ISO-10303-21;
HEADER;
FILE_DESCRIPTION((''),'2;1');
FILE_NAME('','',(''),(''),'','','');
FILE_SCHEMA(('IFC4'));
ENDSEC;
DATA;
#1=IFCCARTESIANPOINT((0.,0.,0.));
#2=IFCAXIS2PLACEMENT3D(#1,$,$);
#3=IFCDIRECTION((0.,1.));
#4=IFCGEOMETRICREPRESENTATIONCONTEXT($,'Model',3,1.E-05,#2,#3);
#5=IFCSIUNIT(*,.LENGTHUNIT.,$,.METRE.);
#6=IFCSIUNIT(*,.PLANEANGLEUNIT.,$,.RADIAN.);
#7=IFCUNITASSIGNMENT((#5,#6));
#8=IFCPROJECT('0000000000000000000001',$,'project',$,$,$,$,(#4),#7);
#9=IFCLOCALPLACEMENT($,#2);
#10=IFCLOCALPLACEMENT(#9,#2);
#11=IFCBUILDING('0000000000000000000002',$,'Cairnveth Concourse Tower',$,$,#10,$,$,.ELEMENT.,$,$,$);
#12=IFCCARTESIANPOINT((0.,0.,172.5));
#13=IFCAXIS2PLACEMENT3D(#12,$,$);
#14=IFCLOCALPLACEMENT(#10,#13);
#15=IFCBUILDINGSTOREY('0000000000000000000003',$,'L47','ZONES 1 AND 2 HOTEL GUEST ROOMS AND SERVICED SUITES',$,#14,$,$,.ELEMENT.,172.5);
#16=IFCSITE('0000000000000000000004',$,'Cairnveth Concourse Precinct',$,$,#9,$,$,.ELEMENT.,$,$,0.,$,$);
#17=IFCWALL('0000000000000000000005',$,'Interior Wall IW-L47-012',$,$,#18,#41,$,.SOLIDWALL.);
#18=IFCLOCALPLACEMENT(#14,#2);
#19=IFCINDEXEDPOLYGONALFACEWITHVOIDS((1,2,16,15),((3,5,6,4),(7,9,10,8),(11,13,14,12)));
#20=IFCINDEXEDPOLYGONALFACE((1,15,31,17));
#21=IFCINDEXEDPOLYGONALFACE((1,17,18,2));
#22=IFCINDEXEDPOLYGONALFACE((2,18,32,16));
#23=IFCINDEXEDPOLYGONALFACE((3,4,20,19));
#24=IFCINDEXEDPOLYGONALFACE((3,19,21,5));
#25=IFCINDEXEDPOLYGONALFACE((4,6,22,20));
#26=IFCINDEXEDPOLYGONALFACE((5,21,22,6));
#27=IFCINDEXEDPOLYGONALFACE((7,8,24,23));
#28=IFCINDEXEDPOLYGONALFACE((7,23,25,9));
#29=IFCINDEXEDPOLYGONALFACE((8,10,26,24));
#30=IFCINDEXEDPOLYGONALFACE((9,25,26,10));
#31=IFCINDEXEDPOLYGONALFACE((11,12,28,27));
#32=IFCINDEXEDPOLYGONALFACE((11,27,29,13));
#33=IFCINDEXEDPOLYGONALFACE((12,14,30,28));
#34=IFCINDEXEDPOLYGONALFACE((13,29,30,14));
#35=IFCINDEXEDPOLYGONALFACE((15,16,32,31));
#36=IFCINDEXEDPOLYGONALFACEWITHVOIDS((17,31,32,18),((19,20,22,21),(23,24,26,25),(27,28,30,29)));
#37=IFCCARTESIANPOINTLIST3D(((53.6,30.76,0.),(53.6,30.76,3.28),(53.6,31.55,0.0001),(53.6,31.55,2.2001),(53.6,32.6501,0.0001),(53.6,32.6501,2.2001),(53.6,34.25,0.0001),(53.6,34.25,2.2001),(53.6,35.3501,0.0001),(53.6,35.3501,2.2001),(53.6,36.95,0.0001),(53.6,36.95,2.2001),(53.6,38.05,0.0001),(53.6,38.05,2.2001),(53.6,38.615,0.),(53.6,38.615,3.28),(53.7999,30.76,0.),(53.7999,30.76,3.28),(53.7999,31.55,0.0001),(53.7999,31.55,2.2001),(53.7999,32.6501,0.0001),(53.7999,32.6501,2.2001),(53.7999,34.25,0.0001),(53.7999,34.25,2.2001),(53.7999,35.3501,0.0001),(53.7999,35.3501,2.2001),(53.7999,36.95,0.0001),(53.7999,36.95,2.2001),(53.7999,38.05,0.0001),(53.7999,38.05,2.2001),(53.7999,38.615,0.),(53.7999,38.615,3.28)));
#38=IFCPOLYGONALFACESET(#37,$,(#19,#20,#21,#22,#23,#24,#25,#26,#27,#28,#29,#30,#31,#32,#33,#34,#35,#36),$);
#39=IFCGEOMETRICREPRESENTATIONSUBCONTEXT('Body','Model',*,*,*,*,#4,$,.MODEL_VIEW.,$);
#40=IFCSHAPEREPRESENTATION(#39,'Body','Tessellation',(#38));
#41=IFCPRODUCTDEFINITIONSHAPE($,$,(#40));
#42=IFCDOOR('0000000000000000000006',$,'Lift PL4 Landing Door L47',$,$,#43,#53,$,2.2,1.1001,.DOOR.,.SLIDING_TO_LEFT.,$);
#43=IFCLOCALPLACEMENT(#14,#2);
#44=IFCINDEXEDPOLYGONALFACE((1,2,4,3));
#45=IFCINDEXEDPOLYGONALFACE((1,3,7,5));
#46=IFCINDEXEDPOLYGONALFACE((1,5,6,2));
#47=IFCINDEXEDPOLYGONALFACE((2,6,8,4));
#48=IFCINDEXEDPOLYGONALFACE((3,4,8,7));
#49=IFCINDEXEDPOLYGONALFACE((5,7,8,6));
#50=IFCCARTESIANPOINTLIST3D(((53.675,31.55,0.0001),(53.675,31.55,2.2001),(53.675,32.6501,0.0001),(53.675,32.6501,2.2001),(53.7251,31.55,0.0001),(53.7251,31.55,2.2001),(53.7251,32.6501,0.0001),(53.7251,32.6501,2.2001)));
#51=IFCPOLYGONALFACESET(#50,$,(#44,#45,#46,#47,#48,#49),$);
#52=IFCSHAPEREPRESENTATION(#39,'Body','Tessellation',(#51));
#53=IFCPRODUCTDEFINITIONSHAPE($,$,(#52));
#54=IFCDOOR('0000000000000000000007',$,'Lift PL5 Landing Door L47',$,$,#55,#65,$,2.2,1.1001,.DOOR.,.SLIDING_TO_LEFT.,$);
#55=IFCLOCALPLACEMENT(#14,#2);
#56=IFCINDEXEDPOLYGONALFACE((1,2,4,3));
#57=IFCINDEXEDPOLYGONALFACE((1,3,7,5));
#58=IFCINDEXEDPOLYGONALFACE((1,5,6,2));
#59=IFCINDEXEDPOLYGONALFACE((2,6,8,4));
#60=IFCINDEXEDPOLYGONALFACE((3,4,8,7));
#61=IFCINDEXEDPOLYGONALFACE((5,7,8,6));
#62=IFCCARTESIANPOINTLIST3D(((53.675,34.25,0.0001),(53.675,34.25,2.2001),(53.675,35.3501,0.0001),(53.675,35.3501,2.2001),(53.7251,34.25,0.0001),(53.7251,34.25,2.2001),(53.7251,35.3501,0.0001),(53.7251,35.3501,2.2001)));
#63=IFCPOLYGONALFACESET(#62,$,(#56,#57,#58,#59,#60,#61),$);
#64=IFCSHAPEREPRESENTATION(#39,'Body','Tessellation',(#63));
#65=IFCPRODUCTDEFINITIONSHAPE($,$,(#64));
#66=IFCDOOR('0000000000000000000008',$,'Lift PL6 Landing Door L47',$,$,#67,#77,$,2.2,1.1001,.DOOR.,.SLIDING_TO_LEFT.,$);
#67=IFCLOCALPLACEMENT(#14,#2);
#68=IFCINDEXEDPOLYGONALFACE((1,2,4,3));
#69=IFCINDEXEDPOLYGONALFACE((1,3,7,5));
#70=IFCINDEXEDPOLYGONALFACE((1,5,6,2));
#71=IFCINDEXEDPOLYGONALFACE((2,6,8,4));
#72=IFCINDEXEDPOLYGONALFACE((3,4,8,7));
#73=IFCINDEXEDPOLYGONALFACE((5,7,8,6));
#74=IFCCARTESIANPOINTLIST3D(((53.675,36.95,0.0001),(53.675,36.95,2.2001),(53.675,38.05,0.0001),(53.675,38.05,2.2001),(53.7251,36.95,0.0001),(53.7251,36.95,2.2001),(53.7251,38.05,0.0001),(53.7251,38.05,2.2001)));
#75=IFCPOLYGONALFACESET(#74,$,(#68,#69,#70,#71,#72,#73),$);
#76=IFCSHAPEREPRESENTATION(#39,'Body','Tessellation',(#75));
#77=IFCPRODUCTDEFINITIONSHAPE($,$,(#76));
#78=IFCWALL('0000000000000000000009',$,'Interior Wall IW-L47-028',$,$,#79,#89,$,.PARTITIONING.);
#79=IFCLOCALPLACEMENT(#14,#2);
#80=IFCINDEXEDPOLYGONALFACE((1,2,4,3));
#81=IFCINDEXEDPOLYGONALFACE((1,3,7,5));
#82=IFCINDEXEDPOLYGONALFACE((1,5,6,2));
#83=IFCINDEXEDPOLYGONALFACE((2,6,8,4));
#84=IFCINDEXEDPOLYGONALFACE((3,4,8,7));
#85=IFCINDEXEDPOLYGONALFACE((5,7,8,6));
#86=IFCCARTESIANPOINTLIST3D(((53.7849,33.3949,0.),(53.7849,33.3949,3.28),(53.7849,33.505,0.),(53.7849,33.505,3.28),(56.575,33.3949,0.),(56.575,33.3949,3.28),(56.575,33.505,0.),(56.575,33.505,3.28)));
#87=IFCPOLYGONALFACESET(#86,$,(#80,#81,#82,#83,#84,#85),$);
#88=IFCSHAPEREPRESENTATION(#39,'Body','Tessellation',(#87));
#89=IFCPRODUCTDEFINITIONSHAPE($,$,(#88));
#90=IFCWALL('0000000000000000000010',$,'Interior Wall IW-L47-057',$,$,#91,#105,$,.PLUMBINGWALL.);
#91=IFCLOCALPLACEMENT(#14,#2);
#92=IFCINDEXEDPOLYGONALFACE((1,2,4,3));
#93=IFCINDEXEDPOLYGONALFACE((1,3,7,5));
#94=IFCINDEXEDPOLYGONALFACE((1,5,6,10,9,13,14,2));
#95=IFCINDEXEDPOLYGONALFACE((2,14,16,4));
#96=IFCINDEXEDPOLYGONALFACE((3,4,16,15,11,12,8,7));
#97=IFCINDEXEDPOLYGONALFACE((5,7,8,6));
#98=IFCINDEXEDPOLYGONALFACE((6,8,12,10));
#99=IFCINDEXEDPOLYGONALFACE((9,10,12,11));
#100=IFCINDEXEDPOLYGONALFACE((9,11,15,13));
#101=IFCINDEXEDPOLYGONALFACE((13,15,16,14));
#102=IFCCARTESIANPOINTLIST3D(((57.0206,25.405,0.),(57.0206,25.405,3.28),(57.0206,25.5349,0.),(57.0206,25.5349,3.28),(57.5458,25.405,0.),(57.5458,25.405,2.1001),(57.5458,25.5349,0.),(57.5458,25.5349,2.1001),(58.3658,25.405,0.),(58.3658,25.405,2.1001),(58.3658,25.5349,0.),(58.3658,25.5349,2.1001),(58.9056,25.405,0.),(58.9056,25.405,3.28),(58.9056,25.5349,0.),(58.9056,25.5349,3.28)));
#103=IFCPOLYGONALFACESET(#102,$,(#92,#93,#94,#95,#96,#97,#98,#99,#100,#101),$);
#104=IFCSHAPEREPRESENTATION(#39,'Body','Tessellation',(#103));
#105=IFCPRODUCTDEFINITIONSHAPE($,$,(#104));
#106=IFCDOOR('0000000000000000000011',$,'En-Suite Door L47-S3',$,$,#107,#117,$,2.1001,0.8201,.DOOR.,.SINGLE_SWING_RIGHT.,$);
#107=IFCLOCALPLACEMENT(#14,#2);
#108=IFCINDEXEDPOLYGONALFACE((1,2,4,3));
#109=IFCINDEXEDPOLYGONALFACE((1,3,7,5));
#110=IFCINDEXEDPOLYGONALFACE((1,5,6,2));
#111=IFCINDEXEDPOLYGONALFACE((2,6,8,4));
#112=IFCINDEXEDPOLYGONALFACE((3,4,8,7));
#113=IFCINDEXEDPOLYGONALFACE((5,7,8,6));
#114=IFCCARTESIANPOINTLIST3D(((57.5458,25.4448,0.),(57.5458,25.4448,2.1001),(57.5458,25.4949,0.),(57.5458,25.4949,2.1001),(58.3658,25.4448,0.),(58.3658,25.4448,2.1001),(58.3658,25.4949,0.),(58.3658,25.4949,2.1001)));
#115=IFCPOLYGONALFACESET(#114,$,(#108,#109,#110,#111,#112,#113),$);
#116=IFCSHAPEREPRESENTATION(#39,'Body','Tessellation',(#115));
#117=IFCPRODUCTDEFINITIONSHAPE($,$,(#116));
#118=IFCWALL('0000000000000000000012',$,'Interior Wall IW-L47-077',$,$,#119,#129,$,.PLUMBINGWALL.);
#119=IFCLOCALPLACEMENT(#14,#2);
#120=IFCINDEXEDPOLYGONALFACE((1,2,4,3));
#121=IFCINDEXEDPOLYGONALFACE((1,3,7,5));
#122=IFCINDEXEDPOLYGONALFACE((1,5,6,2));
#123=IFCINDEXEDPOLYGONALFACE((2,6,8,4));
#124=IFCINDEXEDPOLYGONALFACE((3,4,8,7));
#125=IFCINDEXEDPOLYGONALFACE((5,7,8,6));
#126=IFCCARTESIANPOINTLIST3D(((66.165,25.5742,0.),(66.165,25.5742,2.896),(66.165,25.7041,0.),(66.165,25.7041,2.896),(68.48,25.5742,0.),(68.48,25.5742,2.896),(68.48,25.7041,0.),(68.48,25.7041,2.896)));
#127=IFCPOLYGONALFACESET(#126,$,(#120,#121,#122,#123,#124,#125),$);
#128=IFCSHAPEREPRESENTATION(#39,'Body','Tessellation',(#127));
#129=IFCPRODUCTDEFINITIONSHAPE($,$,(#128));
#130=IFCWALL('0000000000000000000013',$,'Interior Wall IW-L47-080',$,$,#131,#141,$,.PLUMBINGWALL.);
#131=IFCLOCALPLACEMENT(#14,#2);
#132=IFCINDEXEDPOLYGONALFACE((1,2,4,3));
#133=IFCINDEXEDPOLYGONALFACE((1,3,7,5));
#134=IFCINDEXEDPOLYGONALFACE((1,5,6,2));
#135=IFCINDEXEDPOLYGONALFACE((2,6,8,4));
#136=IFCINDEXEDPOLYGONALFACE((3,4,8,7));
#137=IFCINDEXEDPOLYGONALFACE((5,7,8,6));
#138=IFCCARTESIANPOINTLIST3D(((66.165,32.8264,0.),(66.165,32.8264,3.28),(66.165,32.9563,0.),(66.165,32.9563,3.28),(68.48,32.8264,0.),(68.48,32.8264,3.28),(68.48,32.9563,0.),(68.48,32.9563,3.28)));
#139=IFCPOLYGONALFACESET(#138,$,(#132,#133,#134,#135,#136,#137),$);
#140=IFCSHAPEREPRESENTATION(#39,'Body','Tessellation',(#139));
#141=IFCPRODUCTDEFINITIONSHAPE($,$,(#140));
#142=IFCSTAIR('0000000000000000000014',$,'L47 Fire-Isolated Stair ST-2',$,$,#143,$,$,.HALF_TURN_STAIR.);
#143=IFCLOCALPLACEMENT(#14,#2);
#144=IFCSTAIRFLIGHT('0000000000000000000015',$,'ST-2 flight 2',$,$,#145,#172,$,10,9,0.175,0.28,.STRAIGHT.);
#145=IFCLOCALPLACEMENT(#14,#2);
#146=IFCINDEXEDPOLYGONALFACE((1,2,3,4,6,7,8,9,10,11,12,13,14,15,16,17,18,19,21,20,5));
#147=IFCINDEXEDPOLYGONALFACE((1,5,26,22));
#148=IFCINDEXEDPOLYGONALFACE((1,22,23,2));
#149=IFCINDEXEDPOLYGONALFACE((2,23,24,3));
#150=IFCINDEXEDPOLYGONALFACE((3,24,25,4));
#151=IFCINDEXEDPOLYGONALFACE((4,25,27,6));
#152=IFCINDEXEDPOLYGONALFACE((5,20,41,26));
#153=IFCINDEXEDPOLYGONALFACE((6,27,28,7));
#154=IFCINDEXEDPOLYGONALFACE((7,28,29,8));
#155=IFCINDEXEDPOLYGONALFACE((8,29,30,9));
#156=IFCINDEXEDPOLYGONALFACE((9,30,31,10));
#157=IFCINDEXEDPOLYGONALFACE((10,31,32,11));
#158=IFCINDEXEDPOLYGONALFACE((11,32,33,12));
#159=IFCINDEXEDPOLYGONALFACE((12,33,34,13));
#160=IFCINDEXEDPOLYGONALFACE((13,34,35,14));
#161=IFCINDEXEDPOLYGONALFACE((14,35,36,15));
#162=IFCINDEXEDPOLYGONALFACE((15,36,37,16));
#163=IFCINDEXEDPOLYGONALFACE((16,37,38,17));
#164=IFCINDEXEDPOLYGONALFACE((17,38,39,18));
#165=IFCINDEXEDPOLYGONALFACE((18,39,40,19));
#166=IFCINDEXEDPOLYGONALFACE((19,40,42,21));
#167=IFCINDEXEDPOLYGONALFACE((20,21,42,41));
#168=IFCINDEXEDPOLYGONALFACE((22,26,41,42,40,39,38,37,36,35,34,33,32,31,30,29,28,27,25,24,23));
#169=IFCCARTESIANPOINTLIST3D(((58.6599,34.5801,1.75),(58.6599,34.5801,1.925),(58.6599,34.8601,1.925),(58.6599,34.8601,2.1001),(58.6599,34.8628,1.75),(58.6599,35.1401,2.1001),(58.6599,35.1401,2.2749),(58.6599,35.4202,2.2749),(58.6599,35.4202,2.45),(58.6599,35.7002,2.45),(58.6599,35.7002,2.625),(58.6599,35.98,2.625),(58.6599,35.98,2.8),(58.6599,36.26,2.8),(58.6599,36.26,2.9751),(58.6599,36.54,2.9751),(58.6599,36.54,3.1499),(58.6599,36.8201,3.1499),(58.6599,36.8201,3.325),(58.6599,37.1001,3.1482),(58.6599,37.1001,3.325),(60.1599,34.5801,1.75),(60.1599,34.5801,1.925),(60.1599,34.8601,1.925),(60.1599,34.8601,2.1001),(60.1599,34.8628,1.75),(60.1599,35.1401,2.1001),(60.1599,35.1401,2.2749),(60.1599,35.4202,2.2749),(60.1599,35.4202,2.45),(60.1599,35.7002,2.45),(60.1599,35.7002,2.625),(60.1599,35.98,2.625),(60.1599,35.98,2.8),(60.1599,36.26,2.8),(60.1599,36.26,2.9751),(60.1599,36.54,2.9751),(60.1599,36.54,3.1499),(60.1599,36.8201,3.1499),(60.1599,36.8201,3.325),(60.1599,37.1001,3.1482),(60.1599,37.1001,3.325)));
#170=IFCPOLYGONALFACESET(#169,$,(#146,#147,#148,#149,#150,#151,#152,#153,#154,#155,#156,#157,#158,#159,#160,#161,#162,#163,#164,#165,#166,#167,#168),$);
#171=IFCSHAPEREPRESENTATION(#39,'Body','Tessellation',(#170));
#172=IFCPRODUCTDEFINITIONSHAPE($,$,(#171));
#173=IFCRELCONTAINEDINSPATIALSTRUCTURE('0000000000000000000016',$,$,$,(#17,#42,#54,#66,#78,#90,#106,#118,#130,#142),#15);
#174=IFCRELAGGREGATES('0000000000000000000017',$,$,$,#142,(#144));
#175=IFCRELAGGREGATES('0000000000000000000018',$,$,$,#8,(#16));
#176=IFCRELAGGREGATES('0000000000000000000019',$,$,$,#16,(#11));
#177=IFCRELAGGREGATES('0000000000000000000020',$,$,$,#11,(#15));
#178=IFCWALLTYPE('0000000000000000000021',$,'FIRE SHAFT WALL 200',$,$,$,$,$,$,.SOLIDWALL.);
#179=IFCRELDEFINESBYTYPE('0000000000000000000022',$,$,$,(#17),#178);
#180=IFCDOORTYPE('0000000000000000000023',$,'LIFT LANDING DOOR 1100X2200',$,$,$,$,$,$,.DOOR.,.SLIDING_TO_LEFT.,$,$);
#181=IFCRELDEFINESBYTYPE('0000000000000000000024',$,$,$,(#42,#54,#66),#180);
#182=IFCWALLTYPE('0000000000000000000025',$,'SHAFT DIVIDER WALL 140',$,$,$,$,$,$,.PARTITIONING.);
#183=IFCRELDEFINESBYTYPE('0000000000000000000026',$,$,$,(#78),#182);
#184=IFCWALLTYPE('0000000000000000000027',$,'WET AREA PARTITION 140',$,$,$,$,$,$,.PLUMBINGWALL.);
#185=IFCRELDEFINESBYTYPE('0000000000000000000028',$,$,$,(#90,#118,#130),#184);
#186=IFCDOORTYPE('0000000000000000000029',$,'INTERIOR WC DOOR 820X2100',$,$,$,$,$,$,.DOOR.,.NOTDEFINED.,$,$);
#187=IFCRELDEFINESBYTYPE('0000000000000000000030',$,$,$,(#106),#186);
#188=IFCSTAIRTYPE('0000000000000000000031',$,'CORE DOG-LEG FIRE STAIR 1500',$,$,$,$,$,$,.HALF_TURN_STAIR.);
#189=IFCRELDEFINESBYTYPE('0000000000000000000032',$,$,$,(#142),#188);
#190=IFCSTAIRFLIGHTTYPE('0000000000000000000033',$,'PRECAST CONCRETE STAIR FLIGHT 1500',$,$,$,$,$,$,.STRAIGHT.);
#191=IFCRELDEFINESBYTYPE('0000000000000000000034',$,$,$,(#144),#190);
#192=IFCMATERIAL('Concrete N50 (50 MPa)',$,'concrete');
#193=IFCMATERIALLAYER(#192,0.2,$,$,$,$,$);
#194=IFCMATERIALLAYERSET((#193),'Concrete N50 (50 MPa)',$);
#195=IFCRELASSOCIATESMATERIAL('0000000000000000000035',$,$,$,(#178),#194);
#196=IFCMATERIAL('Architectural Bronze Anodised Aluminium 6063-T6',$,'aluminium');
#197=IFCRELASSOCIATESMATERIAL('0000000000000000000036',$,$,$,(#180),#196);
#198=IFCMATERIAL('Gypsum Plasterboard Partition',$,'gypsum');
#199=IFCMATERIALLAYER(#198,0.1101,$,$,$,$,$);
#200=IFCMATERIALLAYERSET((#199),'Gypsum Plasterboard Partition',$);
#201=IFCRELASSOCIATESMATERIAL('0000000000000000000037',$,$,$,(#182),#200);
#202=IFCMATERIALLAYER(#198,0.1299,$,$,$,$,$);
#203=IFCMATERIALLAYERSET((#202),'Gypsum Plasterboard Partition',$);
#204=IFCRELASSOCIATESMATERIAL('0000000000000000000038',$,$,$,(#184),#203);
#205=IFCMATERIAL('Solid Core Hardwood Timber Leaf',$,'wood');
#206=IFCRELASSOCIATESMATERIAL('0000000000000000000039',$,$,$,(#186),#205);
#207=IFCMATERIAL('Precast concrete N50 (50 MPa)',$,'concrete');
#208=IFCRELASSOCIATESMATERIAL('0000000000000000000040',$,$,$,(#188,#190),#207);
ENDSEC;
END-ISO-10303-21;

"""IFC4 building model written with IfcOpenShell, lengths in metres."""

from ifc_helpers import new_model, si_unit, direction, frame, frame_2d, origin, place, context, subcontext, project, spatial, polyline, rectangle, outline, extrude, material, layer, layer_set, type_object, element, fill, aggregate, save


model = new_model("IFC4")

# Units and contexts
model_context = context("Model", 3, precision=1e-05, world=origin(), true_north=direction((0.0, 1.0)))
body_context = subcontext(model_context, "Body", "Model", "MODEL_VIEW")
ifc_project = project(units=[si_unit("LENGTHUNIT", "METRE"), si_unit("PLANEANGLEUNIT", "RADIAN")], contexts=[model_context])

# Site, building, storey
site_placement = place(None, origin())
site = spatial("IfcSite", under=ifc_project, at=site_placement, Name="Cairnveth Concourse Precinct", CompositionType="ELEMENT", RefElevation=0.0)
building_placement = place(site_placement, origin())
building = spatial("IfcBuilding", under=site, at=building_placement, Name="Cairnveth Concourse Tower", CompositionType="ELEMENT")
storey_placement = place(building_placement, frame((0.0, 0.0, 172.5)))
storey = spatial("IfcBuildingStorey", under=building, at=storey_placement, Name="L47", Description="ZONES 1 AND 2 HOTEL GUEST ROOMS AND SERVICED SUITES", CompositionType="ELEMENT", Elevation=172.5)

# Shared definitions
ifc_material_1 = material(Name="Gypsum Plasterboard Partition", Category="gypsum")
ifc_material_2 = material(Name="Concrete N50 (50 MPa)", Category="concrete")

# Wall, openings, doors
ifc_layer_1 = layer(ifc_material_2, 0.2)
ifc_layer_set_1 = layer_set([ifc_layer_1], Name="Concrete N50 (50 MPa)")
wall_type_1 = type_object("IfcWallType", Name="FIRE SHAFT WALL 200", PredefinedType="SOLIDWALL", material=ifc_layer_set_1)
wall_1_placement = place(storey_placement, frame((53.7, 30.76, 0.0), z_axis=(0.0, 0.0, 1.0), x_axis=(0.0, 1.0, 0.0)))
wall_1 = element("IfcWall", 1, at=wall_1_placement, inside=storey, type_object=wall_type_1, Name="Interior Wall IW-L47-012", PredefinedType="SOLIDWALL", context=body_context, shape_type="SweptSolid", body=[
    extrude(rectangle(XDim=7.855, YDim=0.2, at=frame_2d((3.9275, 0.0))), origin(), (0.0, 0.0, 1.0), 3.28),
])
opening_1_placement = place(wall_1_placement, frame((0.79, 0.0, 0.0)))
opening_1 = element("IfcOpeningElement", 2, at=opening_1_placement, cuts=wall_1, PredefinedType="OPENING", context=body_context, shape_type="SweptSolid", body=[
    extrude(rectangle(XDim=1.1001, YDim=2.2, at=frame_2d((0.55, 1.1001))), frame((0.0, 0.1099, 0.0), z_axis=(0.0, -1.0, 0.0), x_axis=(1.0, 0.0, 0.0)), (0.0, 0.0, 1.0), 0.22),
])
opening_2_placement = place(wall_1_placement, frame((3.49, 0.0, 0.0)))
opening_2 = element("IfcOpeningElement", 3, at=opening_2_placement, cuts=wall_1, PredefinedType="OPENING", context=body_context, shape_type="SweptSolid", body=[
    extrude(rectangle(XDim=1.1001, YDim=2.2, at=frame_2d((0.55, 1.1001))), frame((0.0, 0.1099, 0.0), z_axis=(0.0, -1.0, 0.0), x_axis=(1.0, 0.0, 0.0)), (0.0, 0.0, 1.0), 0.22),
])
opening_3_placement = place(wall_1_placement, frame((6.1899, 0.0, 0.0)))
opening_3 = element("IfcOpeningElement", 4, at=opening_3_placement, cuts=wall_1, PredefinedType="OPENING", context=body_context, shape_type="SweptSolid", body=[
    extrude(rectangle(XDim=1.1001, YDim=2.2, at=frame_2d((0.55, 1.1001))), frame((0.0, 0.1099, 0.0), z_axis=(0.0, -1.0, 0.0), x_axis=(1.0, 0.0, 0.0)), (0.0, 0.0, 1.0), 0.22),
])
ifc_material_3 = material(Name="Architectural Bronze Anodised Aluminium 6063-T6", Category="aluminium")
door_type_1 = type_object("IfcDoorType", Name="LIFT LANDING DOOR 1100X2200", OperationType="SLIDING_TO_LEFT", PredefinedType="DOOR", material=ifc_material_3)
door_1_placement = place(opening_1_placement, origin())
door_1 = element("IfcDoor", 5, at=door_1_placement, inside=storey, type_object=door_type_1, Name="Lift PL4 Landing Door L47", OperationType="SLIDING_TO_LEFT", OverallHeight=2.2, OverallWidth=1.1001, PredefinedType="DOOR", context=body_context, shape_type="SweptSolid", body=[
    extrude(rectangle(XDim=1.1001, YDim=2.2, at=frame_2d((0.55, 1.1001))), frame((0.0, 0.0249, 0.0), z_axis=(0.0, -1.0, 0.0), x_axis=(1.0, 0.0, 0.0)), (0.0, 0.0, 1.0), 0.05),
])
fill(opening_1, door_1)
door_2_placement = place(opening_2_placement, origin())
door_2 = element("IfcDoor", 6, at=door_2_placement, inside=storey, type_object=door_type_1, Name="Lift PL5 Landing Door L47", OperationType="SLIDING_TO_LEFT", OverallHeight=2.2, OverallWidth=1.1001, PredefinedType="DOOR", context=body_context, shape_type="SweptSolid", body=[
    extrude(rectangle(XDim=1.1001, YDim=2.2, at=frame_2d((0.55, 1.1001))), frame((0.0, 0.0249, 0.0), z_axis=(0.0, -1.0, 0.0), x_axis=(1.0, 0.0, 0.0)), (0.0, 0.0, 1.0), 0.05),
])
fill(opening_2, door_2)
door_3_placement = place(opening_3_placement, origin())
door_3 = element("IfcDoor", 7, at=door_3_placement, inside=storey, type_object=door_type_1, Name="Lift PL6 Landing Door L47", OperationType="SLIDING_TO_LEFT", OverallHeight=2.2, OverallWidth=1.1001, PredefinedType="DOOR", context=body_context, shape_type="SweptSolid", body=[
    extrude(rectangle(XDim=1.1001, YDim=2.2, at=frame_2d((0.55, 1.1001))), frame((0.0, 0.0249, 0.0), z_axis=(0.0, -1.0, 0.0), x_axis=(1.0, 0.0, 0.0)), (0.0, 0.0, 1.0), 0.05),
])
fill(opening_3, door_3)

# Wall
ifc_layer_2 = layer(ifc_material_1, 0.1101)
ifc_layer_set_2 = layer_set([ifc_layer_2], Name="Gypsum Plasterboard Partition")
wall_type_2 = type_object("IfcWallType", Name="SHAFT DIVIDER WALL 140", PredefinedType="PARTITIONING", material=ifc_layer_set_2)
wall_2_placement = place(storey_placement, frame((53.7849, 33.45, 0.0), z_axis=(0.0, 0.0, 1.0), x_axis=(1.0, 0.0, 0.0)))
element("IfcWall", 8, at=wall_2_placement, inside=storey, type_object=wall_type_2, Name="Interior Wall IW-L47-028", PredefinedType="PARTITIONING", context=body_context, shape_type="SweptSolid", body=[
    extrude(rectangle(XDim=2.79, YDim=0.1101, at=frame_2d((1.395, 0.0))), origin(), (0.0, 0.0, 1.0), 3.28),
])

# Wall, opening, door
ifc_layer_3 = layer(ifc_material_1, 0.1299)
ifc_layer_set_3 = layer_set([ifc_layer_3], Name="Gypsum Plasterboard Partition")
wall_type_3 = type_object("IfcWallType", Name="WET AREA PARTITION 140", PredefinedType="PLUMBINGWALL", material=ifc_layer_set_3)
wall_3_placement = place(storey_placement, frame((57.0208, 25.47, 0.0), z_axis=(0.0, 0.0, 1.0), x_axis=(1.0, 0.0, 0.0)))
wall_3 = element("IfcWall", 9, at=wall_3_placement, inside=storey, type_object=wall_type_3, Name="Interior Wall IW-L47-057", PredefinedType="PLUMBINGWALL", context=body_context, shape_type="SweptSolid", body=[
    extrude(rectangle(XDim=1.885, YDim=0.1299, at=frame_2d((0.9424, 0.0))), origin(), (0.0, 0.0, 1.0), 3.28),
])
opening_4_placement = place(wall_3_placement, frame((0.5249, 0.0, 0.0)))
opening_4 = element("IfcOpeningElement", 10, at=opening_4_placement, cuts=wall_3, PredefinedType="OPENING", context=body_context, shape_type="SweptSolid", body=[
    extrude(rectangle(XDim=0.8201, YDim=2.1001, at=frame_2d((0.4102, 1.05))), frame((0.0, 0.075, 0.0), z_axis=(0.0, -1.0, 0.0), x_axis=(1.0, 0.0, 0.0)), (0.0, 0.0, 1.0), 0.1499),
])
ifc_material_4 = material(Name="Solid Core Hardwood Timber Leaf", Category="wood")
door_type_2 = type_object("IfcDoorType", Name="INTERIOR WC DOOR 820X2100", OperationType="NOTDEFINED", PredefinedType="DOOR", material=ifc_material_4)
door_4_placement = place(opening_4_placement, origin())
door_4 = element("IfcDoor", 11, at=door_4_placement, inside=storey, type_object=door_type_2, Name="En-Suite Door L47-S3", OperationType="SINGLE_SWING_RIGHT", OverallHeight=2.1001, OverallWidth=0.8201, PredefinedType="DOOR", context=body_context, shape_type="SweptSolid", body=[
    extrude(rectangle(XDim=0.8201, YDim=2.1001, at=frame_2d((0.4102, 1.05))), frame((0.0, 0.0249, 0.0), z_axis=(0.0, -1.0, 0.0), x_axis=(1.0, 0.0, 0.0)), (0.0, 0.0, 1.0), 0.05),
])
fill(opening_4, door_4)

# Walls
wall_4_placement = place(storey_placement, frame((66.165, 25.6392, 0.0), z_axis=(0.0, 0.0, 1.0), x_axis=(1.0, 0.0, 0.0)))
element("IfcWall", 12, at=wall_4_placement, inside=storey, type_object=wall_type_3, Name="Interior Wall IW-L47-077", PredefinedType="PLUMBINGWALL", context=body_context, shape_type="SweptSolid", body=[
    extrude(rectangle(XDim=2.3149, YDim=0.1299, at=frame_2d((1.1575, 0.0))), origin(), (0.0, 0.0, 1.0), 2.896),
])
wall_5_placement = place(storey_placement, frame((66.165, 32.8914, 0.0), z_axis=(0.0, 0.0, 1.0), x_axis=(1.0, 0.0, 0.0)))
element("IfcWall", 13, at=wall_5_placement, inside=storey, type_object=wall_type_3, Name="Interior Wall IW-L47-080", PredefinedType="PLUMBINGWALL", context=body_context, shape_type="SweptSolid", body=[
    extrude(rectangle(XDim=2.3149, YDim=0.1299, at=frame_2d((1.1575, 0.0))), origin(), (0.0, 0.0, 1.0), 3.28),
])

# Stair, stair flight
ifc_material_5 = material(Name="Precast concrete N50 (50 MPa)", Category="concrete")
stair_type = type_object("IfcStairType", Name="CORE DOG-LEG FIRE STAIR 1500", PredefinedType="HALF_TURN_STAIR", material=ifc_material_5)
stair_placement = place(storey_placement, origin())
stair = element("IfcStair", 14, at=stair_placement, inside=storey, type_object=stair_type, Name="L47 Fire-Isolated Stair ST-2", PredefinedType="HALF_TURN_STAIR")
stair_flight_type = type_object("IfcStairFlightType", Name="PRECAST CONCRETE STAIR FLIGHT 1500", PredefinedType="STRAIGHT", material=ifc_material_5)
stair_flight_placement = place(storey_placement, frame((59.4099, 34.5801, 1.75), z_axis=(0.0, 0.0, 1.0), x_axis=(0.0, 1.0, 0.0)))
stair_flight = element("IfcStairFlight", 15, at=stair_flight_placement, type_object=stair_flight_type, Name="ST-2 flight 2", NumberOfRisers=10, NumberOfTreads=9, PredefinedType="STRAIGHT", RiserHeight=0.175, TreadLength=0.28, context=body_context, shape_type="SweptSolid", body=[
    extrude(outline(polyline([(0.0, 0.0), (0.0, 0.175), (0.28, 0.175), (0.28, 0.3501), (0.5601, 0.3501), (0.5601, 0.5249), (0.8401, 0.5249), (0.8401, 0.7), (1.1201, 0.7), (1.1201, 0.875), (1.3999, 0.875), (1.3999, 1.05), (1.6799, 1.05), (1.6799, 1.2251), (1.96, 1.2251), (1.96, 1.3999), (2.24, 1.3999), (2.24, 1.575), (2.52, 1.575), (2.52, 1.75), (2.52, 1.3982), (0.2827, 0.0), (0.0, 0.0)])), frame((0.0, 0.75, 0.0), z_axis=(0.0, -1.0, 0.0), x_axis=(1.0, 0.0, 0.0)), (0.0, 0.0, 1.0), 1.5),
])
aggregate(stair, [stair_flight])

save(model, "model.ifc")
